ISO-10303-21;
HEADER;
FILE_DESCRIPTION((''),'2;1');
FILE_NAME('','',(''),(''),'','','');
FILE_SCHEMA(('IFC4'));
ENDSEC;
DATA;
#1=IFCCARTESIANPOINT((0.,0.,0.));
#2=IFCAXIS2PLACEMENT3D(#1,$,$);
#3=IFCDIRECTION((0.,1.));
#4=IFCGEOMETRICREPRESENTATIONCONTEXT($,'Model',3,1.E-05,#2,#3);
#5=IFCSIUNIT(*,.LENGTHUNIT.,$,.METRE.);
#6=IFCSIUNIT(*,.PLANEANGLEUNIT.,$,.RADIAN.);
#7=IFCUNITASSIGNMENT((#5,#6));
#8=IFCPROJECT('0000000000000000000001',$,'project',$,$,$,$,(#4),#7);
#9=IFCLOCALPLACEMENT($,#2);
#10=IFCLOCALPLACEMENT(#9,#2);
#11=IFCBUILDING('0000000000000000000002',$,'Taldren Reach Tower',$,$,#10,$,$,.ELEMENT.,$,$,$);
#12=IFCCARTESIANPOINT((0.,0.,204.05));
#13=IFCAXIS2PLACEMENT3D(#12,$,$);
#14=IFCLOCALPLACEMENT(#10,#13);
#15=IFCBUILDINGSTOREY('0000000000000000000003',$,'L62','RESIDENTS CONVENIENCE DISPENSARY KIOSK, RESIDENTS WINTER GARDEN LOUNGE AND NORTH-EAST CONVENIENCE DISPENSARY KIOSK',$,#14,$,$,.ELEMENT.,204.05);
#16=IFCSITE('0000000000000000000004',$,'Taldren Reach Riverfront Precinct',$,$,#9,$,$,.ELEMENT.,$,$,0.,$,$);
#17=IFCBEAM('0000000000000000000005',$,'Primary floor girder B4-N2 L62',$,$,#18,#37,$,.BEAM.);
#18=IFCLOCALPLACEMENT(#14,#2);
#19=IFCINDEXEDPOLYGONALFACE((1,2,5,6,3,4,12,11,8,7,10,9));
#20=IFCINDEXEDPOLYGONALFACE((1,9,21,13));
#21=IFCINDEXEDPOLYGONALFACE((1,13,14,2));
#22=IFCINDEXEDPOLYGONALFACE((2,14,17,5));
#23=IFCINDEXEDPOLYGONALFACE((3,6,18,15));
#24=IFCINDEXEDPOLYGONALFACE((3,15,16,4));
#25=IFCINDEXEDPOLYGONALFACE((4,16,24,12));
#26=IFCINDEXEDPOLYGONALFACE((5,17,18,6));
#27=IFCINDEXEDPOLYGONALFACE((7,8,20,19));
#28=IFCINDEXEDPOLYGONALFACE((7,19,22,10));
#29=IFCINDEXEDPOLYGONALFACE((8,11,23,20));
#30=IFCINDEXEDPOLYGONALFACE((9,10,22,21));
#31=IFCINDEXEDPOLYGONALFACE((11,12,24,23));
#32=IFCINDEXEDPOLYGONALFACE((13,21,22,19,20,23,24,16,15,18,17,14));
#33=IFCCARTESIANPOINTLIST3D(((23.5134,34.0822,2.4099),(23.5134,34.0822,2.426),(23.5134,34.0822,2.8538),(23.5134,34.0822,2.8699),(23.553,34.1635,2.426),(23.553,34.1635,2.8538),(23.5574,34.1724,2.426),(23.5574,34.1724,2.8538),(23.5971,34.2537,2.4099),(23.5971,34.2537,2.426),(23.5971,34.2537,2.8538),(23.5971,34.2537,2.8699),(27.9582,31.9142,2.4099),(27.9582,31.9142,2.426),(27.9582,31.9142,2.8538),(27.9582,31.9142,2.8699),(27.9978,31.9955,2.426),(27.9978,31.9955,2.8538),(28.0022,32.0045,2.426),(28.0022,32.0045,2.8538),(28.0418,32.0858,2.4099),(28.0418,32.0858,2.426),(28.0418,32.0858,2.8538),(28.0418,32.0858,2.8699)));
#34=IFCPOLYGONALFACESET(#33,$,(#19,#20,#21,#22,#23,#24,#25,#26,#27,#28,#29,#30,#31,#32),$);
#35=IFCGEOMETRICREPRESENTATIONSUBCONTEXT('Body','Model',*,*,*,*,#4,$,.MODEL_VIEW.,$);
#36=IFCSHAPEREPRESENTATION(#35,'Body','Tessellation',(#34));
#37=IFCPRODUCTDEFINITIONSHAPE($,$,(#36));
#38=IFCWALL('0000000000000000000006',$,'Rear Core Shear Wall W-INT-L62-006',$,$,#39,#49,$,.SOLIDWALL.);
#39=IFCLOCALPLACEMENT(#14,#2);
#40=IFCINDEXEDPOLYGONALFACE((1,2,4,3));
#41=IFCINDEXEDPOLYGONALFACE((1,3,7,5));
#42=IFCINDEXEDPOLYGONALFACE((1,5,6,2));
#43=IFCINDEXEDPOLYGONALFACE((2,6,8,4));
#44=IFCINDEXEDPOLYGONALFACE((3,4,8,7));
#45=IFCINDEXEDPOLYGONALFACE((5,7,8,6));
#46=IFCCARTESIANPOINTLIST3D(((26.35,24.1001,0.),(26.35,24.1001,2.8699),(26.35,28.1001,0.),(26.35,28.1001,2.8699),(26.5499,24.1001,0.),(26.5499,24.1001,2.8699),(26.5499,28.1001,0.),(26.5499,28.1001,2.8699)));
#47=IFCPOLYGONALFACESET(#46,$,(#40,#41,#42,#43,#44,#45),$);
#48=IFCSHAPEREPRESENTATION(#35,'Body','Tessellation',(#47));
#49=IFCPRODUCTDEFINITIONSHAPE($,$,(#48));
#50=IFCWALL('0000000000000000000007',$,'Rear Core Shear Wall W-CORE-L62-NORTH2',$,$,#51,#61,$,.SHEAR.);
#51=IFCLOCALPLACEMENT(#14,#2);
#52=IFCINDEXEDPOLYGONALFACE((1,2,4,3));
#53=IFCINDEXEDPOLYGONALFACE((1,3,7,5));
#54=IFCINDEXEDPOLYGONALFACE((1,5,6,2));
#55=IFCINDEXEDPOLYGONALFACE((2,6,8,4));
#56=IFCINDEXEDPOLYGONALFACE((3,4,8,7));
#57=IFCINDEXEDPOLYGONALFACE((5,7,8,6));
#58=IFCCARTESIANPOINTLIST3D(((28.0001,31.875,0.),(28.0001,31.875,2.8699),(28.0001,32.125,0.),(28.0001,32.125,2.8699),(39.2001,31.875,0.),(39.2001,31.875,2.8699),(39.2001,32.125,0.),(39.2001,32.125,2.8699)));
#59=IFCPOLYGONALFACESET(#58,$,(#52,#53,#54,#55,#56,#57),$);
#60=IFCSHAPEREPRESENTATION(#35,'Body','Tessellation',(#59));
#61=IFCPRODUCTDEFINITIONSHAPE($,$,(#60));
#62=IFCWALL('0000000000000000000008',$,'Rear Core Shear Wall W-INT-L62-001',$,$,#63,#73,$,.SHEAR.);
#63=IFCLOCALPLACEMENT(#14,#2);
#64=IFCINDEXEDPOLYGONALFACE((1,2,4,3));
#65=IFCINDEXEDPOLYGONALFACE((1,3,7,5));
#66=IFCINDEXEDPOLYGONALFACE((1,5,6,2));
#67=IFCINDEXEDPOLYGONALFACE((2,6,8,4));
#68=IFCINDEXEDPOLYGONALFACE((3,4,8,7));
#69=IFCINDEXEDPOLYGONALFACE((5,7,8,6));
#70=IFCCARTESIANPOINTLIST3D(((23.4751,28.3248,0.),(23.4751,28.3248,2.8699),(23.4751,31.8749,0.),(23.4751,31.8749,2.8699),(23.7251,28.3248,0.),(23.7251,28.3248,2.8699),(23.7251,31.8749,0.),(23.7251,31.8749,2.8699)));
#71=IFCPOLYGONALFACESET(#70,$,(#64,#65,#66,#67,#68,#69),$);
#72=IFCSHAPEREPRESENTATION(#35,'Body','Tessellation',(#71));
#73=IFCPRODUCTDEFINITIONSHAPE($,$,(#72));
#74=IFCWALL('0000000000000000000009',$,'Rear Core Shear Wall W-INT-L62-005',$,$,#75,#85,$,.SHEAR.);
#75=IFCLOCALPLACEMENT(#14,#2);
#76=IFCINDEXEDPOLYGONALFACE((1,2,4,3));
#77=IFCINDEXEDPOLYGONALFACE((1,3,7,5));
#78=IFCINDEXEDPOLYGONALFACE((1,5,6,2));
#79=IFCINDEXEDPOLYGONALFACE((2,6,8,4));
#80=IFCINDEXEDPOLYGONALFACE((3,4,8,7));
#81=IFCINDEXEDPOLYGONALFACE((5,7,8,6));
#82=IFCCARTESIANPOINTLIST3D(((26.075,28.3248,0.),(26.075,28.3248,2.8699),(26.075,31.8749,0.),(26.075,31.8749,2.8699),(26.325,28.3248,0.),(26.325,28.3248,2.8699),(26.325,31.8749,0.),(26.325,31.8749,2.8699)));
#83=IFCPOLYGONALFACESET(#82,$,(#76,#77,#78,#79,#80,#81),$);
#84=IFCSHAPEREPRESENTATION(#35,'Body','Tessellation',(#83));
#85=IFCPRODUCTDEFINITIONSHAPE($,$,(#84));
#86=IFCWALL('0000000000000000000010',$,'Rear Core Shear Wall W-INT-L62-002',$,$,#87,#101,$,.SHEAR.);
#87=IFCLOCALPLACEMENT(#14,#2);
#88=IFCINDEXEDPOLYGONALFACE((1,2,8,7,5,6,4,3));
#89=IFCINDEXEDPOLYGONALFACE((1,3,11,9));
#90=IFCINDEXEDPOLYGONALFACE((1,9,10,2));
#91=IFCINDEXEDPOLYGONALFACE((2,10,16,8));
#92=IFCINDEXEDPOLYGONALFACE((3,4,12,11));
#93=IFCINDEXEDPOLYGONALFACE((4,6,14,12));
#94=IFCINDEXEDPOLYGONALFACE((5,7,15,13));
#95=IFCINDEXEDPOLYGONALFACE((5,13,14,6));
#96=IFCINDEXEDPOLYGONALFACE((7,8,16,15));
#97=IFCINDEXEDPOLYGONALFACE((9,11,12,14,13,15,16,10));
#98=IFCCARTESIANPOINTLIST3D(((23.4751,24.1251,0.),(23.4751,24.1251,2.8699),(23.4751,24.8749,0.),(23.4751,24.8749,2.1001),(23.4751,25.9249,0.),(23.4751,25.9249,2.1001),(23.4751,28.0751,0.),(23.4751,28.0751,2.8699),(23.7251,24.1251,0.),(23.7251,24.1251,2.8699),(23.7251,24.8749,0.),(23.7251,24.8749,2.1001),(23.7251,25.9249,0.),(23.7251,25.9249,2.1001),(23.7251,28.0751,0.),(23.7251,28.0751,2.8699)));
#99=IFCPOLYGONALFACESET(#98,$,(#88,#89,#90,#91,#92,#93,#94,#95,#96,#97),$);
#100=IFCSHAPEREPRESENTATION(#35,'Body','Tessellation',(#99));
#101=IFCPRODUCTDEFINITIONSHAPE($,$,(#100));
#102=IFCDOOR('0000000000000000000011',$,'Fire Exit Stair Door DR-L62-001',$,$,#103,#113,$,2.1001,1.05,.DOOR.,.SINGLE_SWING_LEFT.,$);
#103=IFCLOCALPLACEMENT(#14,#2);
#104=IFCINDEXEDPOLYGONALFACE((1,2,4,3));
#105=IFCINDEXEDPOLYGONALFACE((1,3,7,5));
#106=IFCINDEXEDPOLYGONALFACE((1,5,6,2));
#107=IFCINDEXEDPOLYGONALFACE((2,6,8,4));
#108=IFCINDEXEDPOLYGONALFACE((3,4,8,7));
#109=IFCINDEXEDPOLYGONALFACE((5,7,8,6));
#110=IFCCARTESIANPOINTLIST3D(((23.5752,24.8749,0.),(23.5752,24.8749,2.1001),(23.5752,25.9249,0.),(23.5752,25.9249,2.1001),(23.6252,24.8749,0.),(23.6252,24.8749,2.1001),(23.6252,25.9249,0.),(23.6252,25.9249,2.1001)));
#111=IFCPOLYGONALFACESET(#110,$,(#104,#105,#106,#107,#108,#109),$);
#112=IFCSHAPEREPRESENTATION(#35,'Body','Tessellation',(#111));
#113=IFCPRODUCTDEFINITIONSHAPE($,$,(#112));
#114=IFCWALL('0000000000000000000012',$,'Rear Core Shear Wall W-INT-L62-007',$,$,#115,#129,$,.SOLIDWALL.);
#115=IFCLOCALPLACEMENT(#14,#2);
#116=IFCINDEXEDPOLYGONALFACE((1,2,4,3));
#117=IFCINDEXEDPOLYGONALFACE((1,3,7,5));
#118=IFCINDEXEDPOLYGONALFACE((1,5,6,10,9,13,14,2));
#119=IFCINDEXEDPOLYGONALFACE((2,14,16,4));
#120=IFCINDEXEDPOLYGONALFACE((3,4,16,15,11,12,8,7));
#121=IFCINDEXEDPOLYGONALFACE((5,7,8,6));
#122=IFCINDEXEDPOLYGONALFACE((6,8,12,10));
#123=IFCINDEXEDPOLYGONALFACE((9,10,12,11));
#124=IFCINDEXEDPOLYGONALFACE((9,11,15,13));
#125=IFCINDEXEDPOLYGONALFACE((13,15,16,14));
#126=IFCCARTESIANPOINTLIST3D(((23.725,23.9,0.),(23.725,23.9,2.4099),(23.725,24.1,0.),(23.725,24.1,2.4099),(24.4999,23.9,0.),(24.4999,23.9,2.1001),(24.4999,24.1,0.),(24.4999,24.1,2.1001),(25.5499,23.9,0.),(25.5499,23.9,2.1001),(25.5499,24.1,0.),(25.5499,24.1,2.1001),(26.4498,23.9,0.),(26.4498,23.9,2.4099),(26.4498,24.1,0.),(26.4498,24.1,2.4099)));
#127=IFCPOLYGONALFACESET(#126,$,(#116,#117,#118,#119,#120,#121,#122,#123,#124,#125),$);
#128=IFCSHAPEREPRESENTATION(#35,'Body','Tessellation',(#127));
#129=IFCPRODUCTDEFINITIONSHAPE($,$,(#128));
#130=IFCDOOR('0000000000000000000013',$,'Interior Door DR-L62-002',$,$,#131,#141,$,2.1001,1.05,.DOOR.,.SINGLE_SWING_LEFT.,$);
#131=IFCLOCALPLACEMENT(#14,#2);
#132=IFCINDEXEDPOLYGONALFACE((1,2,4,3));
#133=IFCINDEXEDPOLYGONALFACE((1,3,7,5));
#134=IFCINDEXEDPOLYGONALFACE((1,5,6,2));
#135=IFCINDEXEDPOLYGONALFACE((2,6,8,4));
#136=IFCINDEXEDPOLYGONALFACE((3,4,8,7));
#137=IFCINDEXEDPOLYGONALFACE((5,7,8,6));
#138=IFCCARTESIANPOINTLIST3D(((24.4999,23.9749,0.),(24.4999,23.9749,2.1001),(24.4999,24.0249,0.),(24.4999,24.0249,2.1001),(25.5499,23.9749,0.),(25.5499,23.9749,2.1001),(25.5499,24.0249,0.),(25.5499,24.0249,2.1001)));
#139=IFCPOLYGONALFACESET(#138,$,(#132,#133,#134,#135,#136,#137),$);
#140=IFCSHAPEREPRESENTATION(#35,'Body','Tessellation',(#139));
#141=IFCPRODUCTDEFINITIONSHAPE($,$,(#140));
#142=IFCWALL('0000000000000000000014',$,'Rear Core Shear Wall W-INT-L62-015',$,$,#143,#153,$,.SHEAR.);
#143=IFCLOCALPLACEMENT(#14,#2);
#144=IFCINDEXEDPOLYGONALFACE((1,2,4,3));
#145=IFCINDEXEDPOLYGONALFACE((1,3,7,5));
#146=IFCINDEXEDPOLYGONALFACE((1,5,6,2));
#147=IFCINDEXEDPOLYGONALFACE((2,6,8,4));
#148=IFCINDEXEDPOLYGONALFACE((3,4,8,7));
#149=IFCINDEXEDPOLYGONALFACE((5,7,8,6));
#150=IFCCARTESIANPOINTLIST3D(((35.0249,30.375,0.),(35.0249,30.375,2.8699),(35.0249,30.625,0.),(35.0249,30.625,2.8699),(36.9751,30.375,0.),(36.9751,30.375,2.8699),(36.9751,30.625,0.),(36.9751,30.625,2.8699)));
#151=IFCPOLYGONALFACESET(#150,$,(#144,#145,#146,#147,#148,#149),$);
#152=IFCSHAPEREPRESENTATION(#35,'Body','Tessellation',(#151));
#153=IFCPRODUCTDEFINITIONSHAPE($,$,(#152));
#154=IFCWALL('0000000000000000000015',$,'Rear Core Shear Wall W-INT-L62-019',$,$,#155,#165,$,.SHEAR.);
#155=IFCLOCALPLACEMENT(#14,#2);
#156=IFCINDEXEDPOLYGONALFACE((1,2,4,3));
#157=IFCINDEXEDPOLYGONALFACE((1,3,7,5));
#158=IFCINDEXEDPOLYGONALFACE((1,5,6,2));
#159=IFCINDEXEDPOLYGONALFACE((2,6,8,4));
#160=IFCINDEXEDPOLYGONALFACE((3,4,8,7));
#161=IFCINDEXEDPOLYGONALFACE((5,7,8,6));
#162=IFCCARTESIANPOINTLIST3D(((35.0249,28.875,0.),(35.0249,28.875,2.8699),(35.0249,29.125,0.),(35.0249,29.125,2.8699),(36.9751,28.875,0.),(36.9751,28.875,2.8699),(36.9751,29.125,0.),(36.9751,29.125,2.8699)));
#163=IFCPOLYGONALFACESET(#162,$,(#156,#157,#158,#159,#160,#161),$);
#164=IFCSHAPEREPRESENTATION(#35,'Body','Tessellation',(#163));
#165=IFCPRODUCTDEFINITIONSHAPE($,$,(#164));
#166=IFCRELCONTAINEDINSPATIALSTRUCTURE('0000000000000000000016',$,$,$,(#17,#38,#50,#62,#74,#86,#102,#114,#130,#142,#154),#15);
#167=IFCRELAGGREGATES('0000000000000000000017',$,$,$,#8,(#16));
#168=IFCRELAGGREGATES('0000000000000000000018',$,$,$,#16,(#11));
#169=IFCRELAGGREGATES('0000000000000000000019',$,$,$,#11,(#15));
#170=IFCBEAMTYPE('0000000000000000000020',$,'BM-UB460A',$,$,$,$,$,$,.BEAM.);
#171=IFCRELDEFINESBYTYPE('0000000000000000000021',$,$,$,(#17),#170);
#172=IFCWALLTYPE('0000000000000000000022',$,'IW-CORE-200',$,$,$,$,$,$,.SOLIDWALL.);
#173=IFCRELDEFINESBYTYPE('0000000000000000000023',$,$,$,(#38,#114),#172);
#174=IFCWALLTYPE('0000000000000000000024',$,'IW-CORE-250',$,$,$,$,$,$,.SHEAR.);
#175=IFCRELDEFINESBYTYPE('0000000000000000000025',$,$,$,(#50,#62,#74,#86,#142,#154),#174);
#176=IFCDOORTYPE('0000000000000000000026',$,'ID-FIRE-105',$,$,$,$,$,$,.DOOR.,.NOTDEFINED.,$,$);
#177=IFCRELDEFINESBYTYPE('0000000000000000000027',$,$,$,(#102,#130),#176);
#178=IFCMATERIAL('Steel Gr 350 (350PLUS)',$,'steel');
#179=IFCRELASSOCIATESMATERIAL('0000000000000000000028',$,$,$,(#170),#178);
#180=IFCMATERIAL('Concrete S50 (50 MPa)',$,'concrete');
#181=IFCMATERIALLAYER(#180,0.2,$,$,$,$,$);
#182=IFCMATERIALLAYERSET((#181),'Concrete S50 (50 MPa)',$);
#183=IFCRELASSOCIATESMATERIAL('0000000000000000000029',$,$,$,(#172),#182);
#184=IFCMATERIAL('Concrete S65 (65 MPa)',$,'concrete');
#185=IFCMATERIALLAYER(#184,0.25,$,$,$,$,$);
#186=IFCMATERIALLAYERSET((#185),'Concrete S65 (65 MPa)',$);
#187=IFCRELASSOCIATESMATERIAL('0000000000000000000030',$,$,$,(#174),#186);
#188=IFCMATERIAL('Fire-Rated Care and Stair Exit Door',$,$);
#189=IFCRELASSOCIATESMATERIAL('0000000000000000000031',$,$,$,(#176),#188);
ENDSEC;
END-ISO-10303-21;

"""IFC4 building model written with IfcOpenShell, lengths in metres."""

from ifc_helpers import new_model, si_unit, direction, frame, frame_2d, origin, origin_2d, place, context, subcontext, project, spatial, rectangle, i_section, extrude, source, transform, mapped, material, layer, layer_set, material_profile, profile_set, type_object, element, fill, save


model = new_model("IFC4")

# Units and contexts
model_context = context("Model", 3, precision=1e-05, world=origin(), true_north=direction((0.0, 1.0)))
body_context = subcontext(model_context, "Body", "Model", "MODEL_VIEW")
ifc_project = project(units=[si_unit("LENGTHUNIT", "METRE"), si_unit("PLANEANGLEUNIT", "RADIAN")], contexts=[model_context])

# Site, building, storey
site_placement = place(None, origin())
site = spatial("IfcSite", under=ifc_project, at=site_placement, Name="Taldren Reach Riverfront Precinct", CompositionType="ELEMENT", RefElevation=0.0)
building_placement = place(site_placement, origin())
building = spatial("IfcBuilding", under=site, at=building_placement, Name="Taldren Reach Tower", CompositionType="ELEMENT")
storey_placement = place(building_placement, frame((0.0, 0.0, 204.05)))
storey = spatial("IfcBuildingStorey", under=building, at=storey_placement, Name="L62", Description="RESIDENTS CONVENIENCE DISPENSARY KIOSK, RESIDENTS WINTER GARDEN LOUNGE AND NORTH-EAST CONVENIENCE DISPENSARY KIOSK", CompositionType="ELEMENT", Elevation=204.05)

# Shared definitions
ifc_material_1 = material(Name="Steel Gr 350 (350PLUS)", Category="steel")

# Beam
ifc_material_profile_1 = material_profile(ifc_material_1, i_section(OverallWidth=0.1909, OverallDepth=0.46, WebThickness=0.01, FlangeThickness=0.0161, at=origin_2d()), Name="460UB82.1")
ifc_profile_set_1 = profile_set([ifc_material_profile_1], Name="Steel Gr 350 (350PLUS)")
beam_type_1 = type_object("IfcBeamType", Name="BM-UB460A", PredefinedType="BEAM", material=ifc_profile_set_1)
shared_shape_1 = source(origin(), body_context, "Body", "SweptSolid", [
    extrude(i_section(OverallWidth=0.1909, OverallDepth=0.46, WebThickness=0.01, FlangeThickness=0.0161, at=origin_2d()), origin(), (0.0, 0.0, 1.0), 4.9453),
])
beam_1_placement = place(storey_placement, frame((28.0, 32.0, 2.6399), z_axis=(-0.898787, 0.438385, 0.0), x_axis=(-0.438385, -0.898787, 0.0)))
element("IfcBeam", 1, at=beam_1_placement, inside=storey, type_object=beam_type_1, Name="Primary floor girder B4-N2 L62", PredefinedType="BEAM", context=body_context, shape_type="MappedRepresentation", body=[
    mapped(shared_shape_1, transform((0.0, 0.0, 0.0), scale=1.0)),
])

# Walls
ifc_material_2 = material(Name="Concrete S50 (50 MPa)", Category="concrete")
ifc_layer_1 = layer(ifc_material_2, 0.2)
ifc_layer_set_1 = layer_set([ifc_layer_1], Name="Concrete S50 (50 MPa)")
wall_type_1 = type_object("IfcWallType", Name="IW-CORE-200", PredefinedType="SOLIDWALL", material=ifc_layer_set_1)
shared_shape_2 = source(origin(), body_context, "Body", "SweptSolid", [
    extrude(rectangle(XDim=4.0, YDim=0.2, at=frame_2d((2.0, 0.0))), origin(), (0.0, 0.0, 1.0), 2.8699),
])
wall_1_placement = place(storey_placement, frame((26.45, 24.1001, 0.0), z_axis=(0.0, 0.0, 1.0), x_axis=(0.0, 1.0, 0.0)))
element("IfcWall", 2, at=wall_1_placement, inside=storey, type_object=wall_type_1, Name="Rear Core Shear Wall W-INT-L62-006", PredefinedType="SOLIDWALL", context=body_context, shape_type="MappedRepresentation", body=[
    mapped(shared_shape_2, transform((0.0, 0.0, 0.0), scale=1.0)),
])
ifc_material_3 = material(Name="Concrete S65 (65 MPa)", Category="concrete")
ifc_layer_2 = layer(ifc_material_3, 0.25)
ifc_layer_set_2 = layer_set([ifc_layer_2], Name="Concrete S65 (65 MPa)")
wall_type_2 = type_object("IfcWallType", Name="IW-CORE-250", PredefinedType="SHEAR", material=ifc_layer_set_2)
shared_shape_3 = source(origin(), body_context, "Body", "SweptSolid", [
    extrude(rectangle(XDim=11.2, YDim=0.25, at=frame_2d((5.6001, 0.0))), origin(), (0.0, 0.0, 1.0), 2.8699),
])
wall_2_placement = place(storey_placement, frame((28.0, 32.0, 0.0), z_axis=(0.0, 0.0, 1.0), x_axis=(1.0, 0.0, 0.0)))
element("IfcWall", 3, at=wall_2_placement, inside=storey, type_object=wall_type_2, Name="Rear Core Shear Wall W-CORE-L62-NORTH2", PredefinedType="SHEAR", context=body_context, shape_type="MappedRepresentation", body=[
    mapped(shared_shape_3, transform((0.0, 0.0, 0.0), scale=1.0)),
])
shared_shape_4 = source(origin(), body_context, "Body", "SweptSolid", [
    extrude(rectangle(XDim=3.55, YDim=0.25, at=frame_2d((1.7749, 0.0))), origin(), (0.0, 0.0, 1.0), 2.8699),
])
for number, where, z_axis, x_axis, name in (
    (4, (23.6001, 28.325, 0.0), (0.0, 0.0, 1.0), (0.0, 1.0, 0.0), "Rear Core Shear Wall W-INT-L62-001"),
    (5, (26.2, 28.325, 0.0), (0.0, 0.0, 1.0), (0.0, 1.0, 0.0), "Rear Core Shear Wall W-INT-L62-005"),
):
    element("IfcWall", number, at=place(storey_placement, frame(where, z_axis=z_axis, x_axis=x_axis)), inside=storey, type_object=wall_type_2, Name=name, PredefinedType="SHEAR", context=body_context, shape_type="MappedRepresentation", body=[
        mapped(shared_shape_4, transform((0.0, 0.0, 0.0), scale=1.0)),
    ])

# Walls, openings, doors
shared_shape_5 = source(origin(), body_context, "Body", "SweptSolid", [
    extrude(rectangle(XDim=3.95, YDim=0.25, at=frame_2d((1.9751, 0.0))), origin(), (0.0, 0.0, 1.0), 2.8699),
])
wall_3_placement = place(storey_placement, frame((23.6001, 24.125, 0.0), z_axis=(0.0, 0.0, 1.0), x_axis=(0.0, 1.0, 0.0)))
wall_3 = element("IfcWall", 6, at=wall_3_placement, inside=storey, type_object=wall_type_2, Name="Rear Core Shear Wall W-INT-L62-002", PredefinedType="SHEAR", context=body_context, shape_type="MappedRepresentation", body=[
    mapped(shared_shape_5, transform((0.0, 0.0, 0.0), scale=1.0)),
])
shared_shape_6 = source(origin(), body_context, "Body", "SweptSolid", [
    extrude(rectangle(XDim=1.05, YDim=2.1001, at=frame_2d((0.5249, 1.05))), frame((0.0, 0.135, 0.0), z_axis=(0.0, -1.0, 0.0), x_axis=(1.0, 0.0, 0.0)), (0.0, 0.0, 1.0), 0.27),
])
opening_1_placement = place(wall_3_placement, frame((0.75, 0.0, 0.0)))
opening_1 = element("IfcOpeningElement", 7, at=opening_1_placement, cuts=wall_3, PredefinedType="OPENING", context=body_context, shape_type="MappedRepresentation", body=[
    mapped(shared_shape_6, transform((0.0, 0.0, 0.0), scale=1.0)),
])
ifc_material_4 = material(Name="Fire-Rated Care and Stair Exit Door")
door_type_1 = type_object("IfcDoorType", Name="ID-FIRE-105", OperationType="NOTDEFINED", PredefinedType="DOOR", material=ifc_material_4)
shared_shape_7 = source(origin(), body_context, "Body", "SweptSolid", [
    extrude(rectangle(XDim=1.05, YDim=2.1001, at=frame_2d((0.5249, 1.05))), frame((0.0, 0.0249, 0.0), z_axis=(0.0, -1.0, 0.0), x_axis=(1.0, 0.0, 0.0)), (0.0, 0.0, 1.0), 0.05),
])
door_1_placement = place(opening_1_placement, origin())
door_1 = element("IfcDoor", 8, at=door_1_placement, inside=storey, type_object=door_type_1, Name="Fire Exit Stair Door DR-L62-001", OperationType="SINGLE_SWING_LEFT", OverallHeight=2.1001, OverallWidth=1.05, PredefinedType="DOOR", context=body_context, shape_type="MappedRepresentation", body=[
    mapped(shared_shape_7, transform((0.0, 0.0, 0.0), scale=1.0)),
])
fill(opening_1, door_1)
shared_shape_8 = source(origin(), body_context, "Body", "SweptSolid", [
    extrude(rectangle(XDim=2.7249, YDim=0.2, at=frame_2d((1.3623, 0.0))), origin(), (0.0, 0.0, 1.0), 2.4099),
])
wall_4_placement = place(storey_placement, frame((23.7251, 24.0, 0.0), z_axis=(0.0, 0.0, 1.0), x_axis=(1.0, 0.0, 0.0)))
wall_4 = element("IfcWall", 9, at=wall_4_placement, inside=storey, type_object=wall_type_1, Name="Rear Core Shear Wall W-INT-L62-007", PredefinedType="SOLIDWALL", context=body_context, shape_type="MappedRepresentation", body=[
    mapped(shared_shape_8, transform((0.0, 0.0, 0.0), scale=1.0)),
])
shared_shape_9 = source(origin(), body_context, "Body", "SweptSolid", [
    extrude(rectangle(XDim=1.05, YDim=2.1001, at=frame_2d((0.5249, 1.05))), frame((0.0, 0.1099, 0.0), z_axis=(0.0, -1.0, 0.0), x_axis=(1.0, 0.0, 0.0)), (0.0, 0.0, 1.0), 0.22),
])
opening_2_placement = place(wall_4_placement, frame((0.7749, 0.0, 0.0)))
opening_2 = element("IfcOpeningElement", 10, at=opening_2_placement, cuts=wall_4, PredefinedType="OPENING", context=body_context, shape_type="MappedRepresentation", body=[
    mapped(shared_shape_9, transform((0.0, 0.0, 0.0), scale=1.0)),
])
door_2_placement = place(opening_2_placement, origin())
door_2 = element("IfcDoor", 11, at=door_2_placement, inside=storey, type_object=door_type_1, Name="Interior Door DR-L62-002", OperationType="SINGLE_SWING_LEFT", OverallHeight=2.1001, OverallWidth=1.05, PredefinedType="DOOR", context=body_context, shape_type="MappedRepresentation", body=[
    mapped(shared_shape_7, transform((0.0, 0.0, 0.0), scale=1.0)),
])
fill(opening_2, door_2)

# Walls
shared_shape_10 = source(origin(), body_context, "Body", "SweptSolid", [
    extrude(rectangle(XDim=1.9502, YDim=0.25, at=frame_2d((0.9751, 0.0))), origin(), (0.0, 0.0, 1.0), 2.8699),
])
for number, where, z_axis, x_axis, name in (
    (12, (35.0249, 30.5, 0.0), (0.0, 0.0, 1.0), (1.0, 0.0, 0.0), "Rear Core Shear Wall W-INT-L62-015"),
    (13, (35.0249, 29.0, 0.0), (0.0, 0.0, 1.0), (1.0, 0.0, 0.0), "Rear Core Shear Wall W-INT-L62-019"),
):
    element("IfcWall", number, at=place(storey_placement, frame(where, z_axis=z_axis, x_axis=x_axis)), inside=storey, type_object=wall_type_2, Name=name, PredefinedType="SHEAR", context=body_context, shape_type="MappedRepresentation", body=[
        mapped(shared_shape_10, transform((0.0, 0.0, 0.0), scale=1.0)),
    ])

save(model, "model.ifc")
